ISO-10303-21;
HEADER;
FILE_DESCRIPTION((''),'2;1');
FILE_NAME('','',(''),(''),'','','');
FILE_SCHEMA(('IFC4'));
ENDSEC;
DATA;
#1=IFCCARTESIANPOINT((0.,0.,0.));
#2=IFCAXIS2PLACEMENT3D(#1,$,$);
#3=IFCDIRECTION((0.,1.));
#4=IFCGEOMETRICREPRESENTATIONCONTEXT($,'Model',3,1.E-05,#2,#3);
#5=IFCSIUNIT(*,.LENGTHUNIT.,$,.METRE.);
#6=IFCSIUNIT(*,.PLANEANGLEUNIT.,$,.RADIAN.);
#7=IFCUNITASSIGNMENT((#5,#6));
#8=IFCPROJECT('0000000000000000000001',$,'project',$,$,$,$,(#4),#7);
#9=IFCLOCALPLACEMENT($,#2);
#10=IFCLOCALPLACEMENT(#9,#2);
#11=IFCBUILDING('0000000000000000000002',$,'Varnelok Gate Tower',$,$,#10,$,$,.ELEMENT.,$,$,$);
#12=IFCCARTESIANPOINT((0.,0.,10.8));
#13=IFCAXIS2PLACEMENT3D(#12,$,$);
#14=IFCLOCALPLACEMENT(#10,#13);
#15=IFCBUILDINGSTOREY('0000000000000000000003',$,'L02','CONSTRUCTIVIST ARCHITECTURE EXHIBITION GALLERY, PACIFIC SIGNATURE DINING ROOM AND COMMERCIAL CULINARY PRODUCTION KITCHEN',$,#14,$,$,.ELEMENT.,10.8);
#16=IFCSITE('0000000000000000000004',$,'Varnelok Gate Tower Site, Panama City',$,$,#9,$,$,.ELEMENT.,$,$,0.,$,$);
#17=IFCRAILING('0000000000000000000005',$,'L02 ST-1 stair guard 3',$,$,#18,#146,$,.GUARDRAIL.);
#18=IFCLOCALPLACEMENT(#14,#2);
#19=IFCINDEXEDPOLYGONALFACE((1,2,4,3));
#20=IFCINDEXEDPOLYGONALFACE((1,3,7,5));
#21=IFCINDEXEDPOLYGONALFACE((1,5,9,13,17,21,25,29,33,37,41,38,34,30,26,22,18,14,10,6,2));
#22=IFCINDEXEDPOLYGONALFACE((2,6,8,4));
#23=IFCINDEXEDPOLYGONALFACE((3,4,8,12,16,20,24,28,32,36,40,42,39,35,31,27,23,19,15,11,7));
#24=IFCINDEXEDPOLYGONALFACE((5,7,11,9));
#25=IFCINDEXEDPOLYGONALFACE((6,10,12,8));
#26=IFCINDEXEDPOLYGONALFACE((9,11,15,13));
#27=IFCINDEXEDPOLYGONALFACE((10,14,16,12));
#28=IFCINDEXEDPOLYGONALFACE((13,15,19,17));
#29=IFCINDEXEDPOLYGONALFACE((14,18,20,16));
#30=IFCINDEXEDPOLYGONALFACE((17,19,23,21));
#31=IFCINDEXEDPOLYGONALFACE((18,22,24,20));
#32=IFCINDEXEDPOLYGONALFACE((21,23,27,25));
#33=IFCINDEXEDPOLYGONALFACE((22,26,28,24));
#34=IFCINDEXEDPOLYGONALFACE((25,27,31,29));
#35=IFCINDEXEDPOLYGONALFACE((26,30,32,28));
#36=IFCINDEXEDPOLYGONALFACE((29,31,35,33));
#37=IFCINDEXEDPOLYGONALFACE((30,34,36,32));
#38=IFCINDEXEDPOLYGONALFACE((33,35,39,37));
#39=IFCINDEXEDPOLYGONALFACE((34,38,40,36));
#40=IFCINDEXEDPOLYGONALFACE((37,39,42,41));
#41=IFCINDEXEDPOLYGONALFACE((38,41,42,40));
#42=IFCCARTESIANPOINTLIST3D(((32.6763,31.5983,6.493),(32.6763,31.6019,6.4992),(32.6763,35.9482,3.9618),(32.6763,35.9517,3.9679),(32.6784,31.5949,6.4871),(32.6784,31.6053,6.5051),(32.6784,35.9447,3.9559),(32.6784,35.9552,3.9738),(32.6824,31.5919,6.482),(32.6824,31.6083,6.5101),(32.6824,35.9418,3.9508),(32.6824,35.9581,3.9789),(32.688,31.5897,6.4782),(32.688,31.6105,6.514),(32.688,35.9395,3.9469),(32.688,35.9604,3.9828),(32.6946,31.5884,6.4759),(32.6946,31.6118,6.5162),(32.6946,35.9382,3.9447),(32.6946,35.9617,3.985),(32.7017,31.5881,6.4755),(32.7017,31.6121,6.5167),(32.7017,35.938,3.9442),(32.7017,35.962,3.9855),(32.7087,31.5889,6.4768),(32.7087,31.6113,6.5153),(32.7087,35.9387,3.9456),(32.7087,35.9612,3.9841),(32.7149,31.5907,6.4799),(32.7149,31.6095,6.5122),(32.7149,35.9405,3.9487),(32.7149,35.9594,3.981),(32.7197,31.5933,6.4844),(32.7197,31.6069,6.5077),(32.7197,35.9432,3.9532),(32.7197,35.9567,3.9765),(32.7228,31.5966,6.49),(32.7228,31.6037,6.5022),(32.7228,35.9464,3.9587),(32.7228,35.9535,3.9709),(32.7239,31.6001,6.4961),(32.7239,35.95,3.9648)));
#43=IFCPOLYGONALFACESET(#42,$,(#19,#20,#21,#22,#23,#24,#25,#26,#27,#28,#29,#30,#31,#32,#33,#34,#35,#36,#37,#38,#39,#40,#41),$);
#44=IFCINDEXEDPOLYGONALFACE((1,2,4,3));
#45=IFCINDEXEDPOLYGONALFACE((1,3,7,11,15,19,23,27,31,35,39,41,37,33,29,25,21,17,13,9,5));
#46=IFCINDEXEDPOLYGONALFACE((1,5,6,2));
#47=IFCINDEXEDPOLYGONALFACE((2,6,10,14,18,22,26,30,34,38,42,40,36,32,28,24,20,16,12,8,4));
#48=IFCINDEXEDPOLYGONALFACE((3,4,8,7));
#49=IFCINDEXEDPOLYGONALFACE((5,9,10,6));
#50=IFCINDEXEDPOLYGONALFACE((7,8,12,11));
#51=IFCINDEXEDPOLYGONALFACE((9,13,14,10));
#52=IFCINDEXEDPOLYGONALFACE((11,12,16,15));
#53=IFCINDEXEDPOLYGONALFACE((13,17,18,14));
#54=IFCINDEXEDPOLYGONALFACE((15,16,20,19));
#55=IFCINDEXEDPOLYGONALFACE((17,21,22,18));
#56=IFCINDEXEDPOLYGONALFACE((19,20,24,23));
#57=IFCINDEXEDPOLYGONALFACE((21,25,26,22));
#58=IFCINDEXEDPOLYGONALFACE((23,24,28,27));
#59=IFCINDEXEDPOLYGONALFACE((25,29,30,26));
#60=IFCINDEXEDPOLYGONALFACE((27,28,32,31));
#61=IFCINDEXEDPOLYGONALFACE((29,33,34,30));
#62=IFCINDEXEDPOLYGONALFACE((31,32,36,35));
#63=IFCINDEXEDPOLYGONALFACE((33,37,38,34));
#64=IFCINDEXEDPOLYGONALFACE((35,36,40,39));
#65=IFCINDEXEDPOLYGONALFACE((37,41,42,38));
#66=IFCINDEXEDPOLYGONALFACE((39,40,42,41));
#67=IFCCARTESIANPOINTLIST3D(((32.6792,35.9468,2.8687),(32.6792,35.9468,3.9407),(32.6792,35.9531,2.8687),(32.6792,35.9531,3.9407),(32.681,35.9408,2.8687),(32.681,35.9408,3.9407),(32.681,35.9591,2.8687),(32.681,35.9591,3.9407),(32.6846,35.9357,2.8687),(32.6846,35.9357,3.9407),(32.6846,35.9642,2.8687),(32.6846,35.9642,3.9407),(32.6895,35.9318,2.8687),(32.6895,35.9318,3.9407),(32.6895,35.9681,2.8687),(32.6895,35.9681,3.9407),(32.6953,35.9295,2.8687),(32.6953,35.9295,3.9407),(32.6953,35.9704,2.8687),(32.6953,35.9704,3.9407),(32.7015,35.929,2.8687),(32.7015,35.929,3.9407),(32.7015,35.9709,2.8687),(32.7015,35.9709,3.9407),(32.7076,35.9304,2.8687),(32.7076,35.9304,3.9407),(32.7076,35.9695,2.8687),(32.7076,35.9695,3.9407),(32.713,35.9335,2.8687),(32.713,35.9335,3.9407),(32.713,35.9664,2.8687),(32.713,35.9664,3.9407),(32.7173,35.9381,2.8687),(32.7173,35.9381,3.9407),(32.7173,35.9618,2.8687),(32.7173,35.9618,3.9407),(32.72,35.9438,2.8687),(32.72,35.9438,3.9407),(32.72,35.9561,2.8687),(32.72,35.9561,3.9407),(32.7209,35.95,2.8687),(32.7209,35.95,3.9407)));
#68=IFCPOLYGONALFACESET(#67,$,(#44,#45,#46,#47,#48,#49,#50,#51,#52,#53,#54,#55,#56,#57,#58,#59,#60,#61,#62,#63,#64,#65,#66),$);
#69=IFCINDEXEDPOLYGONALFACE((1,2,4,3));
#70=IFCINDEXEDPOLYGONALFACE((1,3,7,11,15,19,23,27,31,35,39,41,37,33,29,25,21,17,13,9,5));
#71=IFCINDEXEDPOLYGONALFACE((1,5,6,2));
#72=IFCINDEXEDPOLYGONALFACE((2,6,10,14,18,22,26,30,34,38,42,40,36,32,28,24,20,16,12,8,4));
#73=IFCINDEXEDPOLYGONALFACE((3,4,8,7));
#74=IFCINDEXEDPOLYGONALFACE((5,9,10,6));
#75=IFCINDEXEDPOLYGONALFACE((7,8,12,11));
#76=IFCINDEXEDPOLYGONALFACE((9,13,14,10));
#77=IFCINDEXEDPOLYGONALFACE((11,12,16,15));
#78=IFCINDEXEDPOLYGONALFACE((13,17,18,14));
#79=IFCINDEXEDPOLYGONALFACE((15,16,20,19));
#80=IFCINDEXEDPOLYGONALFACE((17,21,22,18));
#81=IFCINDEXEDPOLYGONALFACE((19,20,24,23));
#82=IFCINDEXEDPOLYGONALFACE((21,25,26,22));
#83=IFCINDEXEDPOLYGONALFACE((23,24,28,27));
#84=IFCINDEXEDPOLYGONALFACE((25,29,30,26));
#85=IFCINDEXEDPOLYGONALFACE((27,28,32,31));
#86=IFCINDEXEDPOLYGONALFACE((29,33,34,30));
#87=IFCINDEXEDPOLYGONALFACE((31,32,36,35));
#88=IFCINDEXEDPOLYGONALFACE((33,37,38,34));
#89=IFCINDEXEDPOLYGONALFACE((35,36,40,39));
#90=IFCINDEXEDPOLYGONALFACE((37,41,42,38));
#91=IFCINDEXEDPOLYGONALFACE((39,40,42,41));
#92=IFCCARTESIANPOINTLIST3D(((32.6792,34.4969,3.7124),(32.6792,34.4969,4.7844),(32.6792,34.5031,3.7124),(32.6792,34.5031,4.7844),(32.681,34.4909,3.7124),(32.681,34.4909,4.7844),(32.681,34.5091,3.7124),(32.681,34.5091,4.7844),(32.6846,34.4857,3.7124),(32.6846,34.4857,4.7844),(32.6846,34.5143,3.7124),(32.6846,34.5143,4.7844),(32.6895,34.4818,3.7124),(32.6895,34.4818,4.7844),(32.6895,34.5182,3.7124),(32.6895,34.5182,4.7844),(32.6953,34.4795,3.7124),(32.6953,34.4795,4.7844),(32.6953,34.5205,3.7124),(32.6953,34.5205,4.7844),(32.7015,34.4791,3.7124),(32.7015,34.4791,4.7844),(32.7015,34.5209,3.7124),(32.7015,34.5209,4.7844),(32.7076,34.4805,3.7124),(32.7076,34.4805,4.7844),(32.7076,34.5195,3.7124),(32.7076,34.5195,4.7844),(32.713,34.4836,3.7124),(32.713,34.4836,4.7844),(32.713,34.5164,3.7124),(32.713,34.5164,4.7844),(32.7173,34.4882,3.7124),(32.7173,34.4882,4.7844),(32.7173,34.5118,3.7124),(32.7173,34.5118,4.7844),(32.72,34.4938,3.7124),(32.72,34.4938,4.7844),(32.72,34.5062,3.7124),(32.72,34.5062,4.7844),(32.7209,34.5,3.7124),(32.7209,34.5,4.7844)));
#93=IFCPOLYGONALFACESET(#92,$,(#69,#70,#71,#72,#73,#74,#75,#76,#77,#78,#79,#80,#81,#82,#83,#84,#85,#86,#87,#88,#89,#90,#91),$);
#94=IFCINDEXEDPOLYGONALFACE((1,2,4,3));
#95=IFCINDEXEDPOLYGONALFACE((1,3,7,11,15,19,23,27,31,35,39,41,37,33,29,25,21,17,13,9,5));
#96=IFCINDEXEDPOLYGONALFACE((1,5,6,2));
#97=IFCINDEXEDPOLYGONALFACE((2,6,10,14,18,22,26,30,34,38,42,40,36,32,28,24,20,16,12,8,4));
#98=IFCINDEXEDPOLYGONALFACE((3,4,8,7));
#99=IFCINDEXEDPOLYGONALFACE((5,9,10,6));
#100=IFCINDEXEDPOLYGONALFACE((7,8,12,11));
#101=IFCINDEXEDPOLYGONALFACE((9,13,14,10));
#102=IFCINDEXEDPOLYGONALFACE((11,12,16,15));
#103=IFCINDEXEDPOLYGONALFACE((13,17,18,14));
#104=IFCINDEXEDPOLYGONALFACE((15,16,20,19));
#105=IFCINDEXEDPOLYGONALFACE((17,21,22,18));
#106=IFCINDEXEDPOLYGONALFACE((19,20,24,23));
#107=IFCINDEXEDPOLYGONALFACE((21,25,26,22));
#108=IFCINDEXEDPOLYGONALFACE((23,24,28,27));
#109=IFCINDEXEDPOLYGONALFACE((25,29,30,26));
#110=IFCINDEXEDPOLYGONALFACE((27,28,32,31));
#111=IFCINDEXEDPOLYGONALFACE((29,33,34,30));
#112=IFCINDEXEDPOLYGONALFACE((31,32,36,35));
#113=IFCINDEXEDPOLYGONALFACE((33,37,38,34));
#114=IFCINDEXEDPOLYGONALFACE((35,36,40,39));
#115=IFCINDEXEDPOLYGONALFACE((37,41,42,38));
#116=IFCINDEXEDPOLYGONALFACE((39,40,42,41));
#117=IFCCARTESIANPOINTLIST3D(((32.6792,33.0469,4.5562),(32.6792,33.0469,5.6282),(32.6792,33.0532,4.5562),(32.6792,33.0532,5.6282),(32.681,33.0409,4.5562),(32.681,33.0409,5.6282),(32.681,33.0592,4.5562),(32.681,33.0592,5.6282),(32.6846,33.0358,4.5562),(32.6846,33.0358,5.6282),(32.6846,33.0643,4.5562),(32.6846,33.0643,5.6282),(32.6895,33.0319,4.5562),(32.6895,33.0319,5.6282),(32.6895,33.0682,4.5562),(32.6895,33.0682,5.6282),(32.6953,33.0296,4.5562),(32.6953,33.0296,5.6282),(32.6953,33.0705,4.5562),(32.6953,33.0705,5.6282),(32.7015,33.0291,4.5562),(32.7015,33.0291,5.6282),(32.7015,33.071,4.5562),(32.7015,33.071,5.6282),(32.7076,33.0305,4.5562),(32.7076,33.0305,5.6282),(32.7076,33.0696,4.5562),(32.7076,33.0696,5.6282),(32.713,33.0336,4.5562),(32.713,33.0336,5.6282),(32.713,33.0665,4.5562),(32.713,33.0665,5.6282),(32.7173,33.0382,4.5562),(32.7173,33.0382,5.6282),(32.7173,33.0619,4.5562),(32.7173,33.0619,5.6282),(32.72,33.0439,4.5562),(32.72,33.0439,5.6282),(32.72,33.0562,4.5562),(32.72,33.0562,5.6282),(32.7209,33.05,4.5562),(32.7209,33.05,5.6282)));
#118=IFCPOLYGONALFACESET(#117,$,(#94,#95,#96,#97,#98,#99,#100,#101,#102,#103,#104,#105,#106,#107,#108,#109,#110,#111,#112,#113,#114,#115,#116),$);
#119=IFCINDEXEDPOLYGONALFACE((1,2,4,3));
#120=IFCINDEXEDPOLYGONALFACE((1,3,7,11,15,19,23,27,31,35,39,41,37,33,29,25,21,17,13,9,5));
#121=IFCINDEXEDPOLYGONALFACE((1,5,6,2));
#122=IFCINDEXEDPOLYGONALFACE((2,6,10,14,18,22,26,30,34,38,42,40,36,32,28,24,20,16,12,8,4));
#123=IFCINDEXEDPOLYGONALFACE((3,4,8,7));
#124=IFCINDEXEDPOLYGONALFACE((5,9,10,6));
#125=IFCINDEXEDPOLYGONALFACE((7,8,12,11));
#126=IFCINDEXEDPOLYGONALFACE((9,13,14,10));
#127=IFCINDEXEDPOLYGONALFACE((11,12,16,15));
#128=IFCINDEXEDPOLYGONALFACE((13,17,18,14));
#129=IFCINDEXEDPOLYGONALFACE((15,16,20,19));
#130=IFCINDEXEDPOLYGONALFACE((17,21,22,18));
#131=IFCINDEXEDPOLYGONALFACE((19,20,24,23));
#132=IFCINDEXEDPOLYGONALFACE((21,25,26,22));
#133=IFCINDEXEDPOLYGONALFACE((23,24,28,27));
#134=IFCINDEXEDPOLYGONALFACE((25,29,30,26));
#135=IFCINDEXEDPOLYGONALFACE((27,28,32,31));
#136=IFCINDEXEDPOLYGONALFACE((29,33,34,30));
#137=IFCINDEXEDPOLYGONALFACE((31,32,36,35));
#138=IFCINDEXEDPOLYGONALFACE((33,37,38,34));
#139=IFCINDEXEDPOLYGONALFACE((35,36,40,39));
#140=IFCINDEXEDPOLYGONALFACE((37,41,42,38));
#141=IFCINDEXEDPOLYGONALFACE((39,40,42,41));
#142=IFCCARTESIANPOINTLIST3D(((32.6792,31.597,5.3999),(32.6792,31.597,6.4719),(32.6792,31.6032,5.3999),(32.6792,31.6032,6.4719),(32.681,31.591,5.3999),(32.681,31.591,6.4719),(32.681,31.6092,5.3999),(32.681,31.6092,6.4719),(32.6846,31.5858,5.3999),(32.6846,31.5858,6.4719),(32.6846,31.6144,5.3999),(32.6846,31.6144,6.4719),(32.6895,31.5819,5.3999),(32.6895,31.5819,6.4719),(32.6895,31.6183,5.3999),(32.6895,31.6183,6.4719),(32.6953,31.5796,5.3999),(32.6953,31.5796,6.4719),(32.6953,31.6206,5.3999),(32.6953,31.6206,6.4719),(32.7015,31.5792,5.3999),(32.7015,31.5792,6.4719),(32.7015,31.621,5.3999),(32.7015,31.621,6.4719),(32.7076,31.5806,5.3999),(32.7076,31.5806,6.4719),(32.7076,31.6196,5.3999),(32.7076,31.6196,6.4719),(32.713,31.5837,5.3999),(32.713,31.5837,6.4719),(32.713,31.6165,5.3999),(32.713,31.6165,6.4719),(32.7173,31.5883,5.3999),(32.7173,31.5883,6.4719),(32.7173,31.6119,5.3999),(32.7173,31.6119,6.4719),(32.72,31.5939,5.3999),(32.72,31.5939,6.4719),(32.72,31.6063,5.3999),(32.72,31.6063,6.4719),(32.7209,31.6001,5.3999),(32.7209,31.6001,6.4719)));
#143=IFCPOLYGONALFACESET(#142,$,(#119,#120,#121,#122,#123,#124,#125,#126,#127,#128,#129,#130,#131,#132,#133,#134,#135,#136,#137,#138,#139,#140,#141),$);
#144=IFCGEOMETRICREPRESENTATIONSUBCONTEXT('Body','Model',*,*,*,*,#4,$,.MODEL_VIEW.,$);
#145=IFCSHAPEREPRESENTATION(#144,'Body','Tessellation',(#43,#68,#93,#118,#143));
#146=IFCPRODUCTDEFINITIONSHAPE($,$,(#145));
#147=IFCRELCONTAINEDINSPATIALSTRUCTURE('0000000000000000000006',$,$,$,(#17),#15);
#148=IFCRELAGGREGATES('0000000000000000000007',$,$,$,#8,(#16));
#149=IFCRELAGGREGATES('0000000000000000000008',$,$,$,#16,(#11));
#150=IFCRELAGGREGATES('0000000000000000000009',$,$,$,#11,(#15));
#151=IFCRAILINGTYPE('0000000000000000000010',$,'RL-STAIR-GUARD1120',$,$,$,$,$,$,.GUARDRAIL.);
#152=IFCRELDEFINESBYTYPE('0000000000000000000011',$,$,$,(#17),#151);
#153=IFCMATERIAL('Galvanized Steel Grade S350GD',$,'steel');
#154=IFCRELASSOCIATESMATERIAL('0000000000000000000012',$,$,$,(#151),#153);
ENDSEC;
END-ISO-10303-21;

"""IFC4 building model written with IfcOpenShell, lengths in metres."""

from ifc_helpers import new_model, si_unit, direction, frame, origin, origin_2d, place, context, subcontext, project, spatial, circle, extrude, material, type_object, element, save


model = new_model("IFC4")

# Units and contexts
model_context = context("Model", 3, precision=1e-05, world=origin(), true_north=direction((0.0, 1.0)))
body_context = subcontext(model_context, "Body", "Model", "MODEL_VIEW")
ifc_project = project(units=[si_unit("LENGTHUNIT", "METRE"), si_unit("PLANEANGLEUNIT", "RADIAN")], contexts=[model_context])

# Site, building, storey
site_placement = place(None, origin())
site = spatial("IfcSite", under=ifc_project, at=site_placement, Name="Varnelok Gate Tower Site, Panama City", CompositionType="ELEMENT", RefElevation=0.0)
building_placement = place(site_placement, origin())
building = spatial("IfcBuilding", under=site, at=building_placement, Name="Varnelok Gate Tower", CompositionType="ELEMENT")
storey_placement = place(building_placement, frame((0.0, 0.0, 10.8)))
storey = spatial("IfcBuildingStorey", under=building, at=storey_placement, Name="L02", Description="CONSTRUCTIVIST ARCHITECTURE EXHIBITION GALLERY, PACIFIC SIGNATURE DINING ROOM AND COMMERCIAL CULINARY PRODUCTION KITCHEN", CompositionType="ELEMENT", Elevation=10.8)

# Shared definitions
ifc_material_1 = material(Name="Galvanized Steel Grade S350GD", Category="steel")

# Railing
railing_type_1 = type_object("IfcRailingType", Name="RL-STAIR-GUARD1120", PredefinedType="GUARDRAIL", material=ifc_material_1)
railing_1_placement = place(storey_placement, frame((32.7, 35.95, 2.8687)))
element("IfcRailing", 1, at=railing_1_placement, inside=storey, type_object=railing_type_1, Name="L02 ST-1 stair guard 3", PredefinedType="GUARDRAIL", context=body_context, shape_type="SweptSolid", body=[
    extrude(circle(Radius=0.0239, at=origin_2d()), frame((0.0, 0.0, 1.0962), z_axis=(0.0, -0.864312, 0.502957), x_axis=(1.0, 0.0, 0.0)), (0.0, 0.0, 1.0), 5.0327),
    extrude(circle(Radius=0.021, at=origin_2d()), origin(), (0.0, 0.0, 1.0), 1.072),
    extrude(circle(Radius=0.021, at=origin_2d()), frame((0.0, -1.45, 0.8438)), (0.0, 0.0, 1.0), 1.072),
    extrude(circle(Radius=0.021, at=origin_2d()), frame((0.0, -2.8999, 1.6875)), (0.0, 0.0, 1.0), 1.072),
    extrude(circle(Radius=0.021, at=origin_2d()), frame((0.0, -4.3499, 2.5312)), (0.0, 0.0, 1.0), 1.072),
])

save(model, "model.ifc")
